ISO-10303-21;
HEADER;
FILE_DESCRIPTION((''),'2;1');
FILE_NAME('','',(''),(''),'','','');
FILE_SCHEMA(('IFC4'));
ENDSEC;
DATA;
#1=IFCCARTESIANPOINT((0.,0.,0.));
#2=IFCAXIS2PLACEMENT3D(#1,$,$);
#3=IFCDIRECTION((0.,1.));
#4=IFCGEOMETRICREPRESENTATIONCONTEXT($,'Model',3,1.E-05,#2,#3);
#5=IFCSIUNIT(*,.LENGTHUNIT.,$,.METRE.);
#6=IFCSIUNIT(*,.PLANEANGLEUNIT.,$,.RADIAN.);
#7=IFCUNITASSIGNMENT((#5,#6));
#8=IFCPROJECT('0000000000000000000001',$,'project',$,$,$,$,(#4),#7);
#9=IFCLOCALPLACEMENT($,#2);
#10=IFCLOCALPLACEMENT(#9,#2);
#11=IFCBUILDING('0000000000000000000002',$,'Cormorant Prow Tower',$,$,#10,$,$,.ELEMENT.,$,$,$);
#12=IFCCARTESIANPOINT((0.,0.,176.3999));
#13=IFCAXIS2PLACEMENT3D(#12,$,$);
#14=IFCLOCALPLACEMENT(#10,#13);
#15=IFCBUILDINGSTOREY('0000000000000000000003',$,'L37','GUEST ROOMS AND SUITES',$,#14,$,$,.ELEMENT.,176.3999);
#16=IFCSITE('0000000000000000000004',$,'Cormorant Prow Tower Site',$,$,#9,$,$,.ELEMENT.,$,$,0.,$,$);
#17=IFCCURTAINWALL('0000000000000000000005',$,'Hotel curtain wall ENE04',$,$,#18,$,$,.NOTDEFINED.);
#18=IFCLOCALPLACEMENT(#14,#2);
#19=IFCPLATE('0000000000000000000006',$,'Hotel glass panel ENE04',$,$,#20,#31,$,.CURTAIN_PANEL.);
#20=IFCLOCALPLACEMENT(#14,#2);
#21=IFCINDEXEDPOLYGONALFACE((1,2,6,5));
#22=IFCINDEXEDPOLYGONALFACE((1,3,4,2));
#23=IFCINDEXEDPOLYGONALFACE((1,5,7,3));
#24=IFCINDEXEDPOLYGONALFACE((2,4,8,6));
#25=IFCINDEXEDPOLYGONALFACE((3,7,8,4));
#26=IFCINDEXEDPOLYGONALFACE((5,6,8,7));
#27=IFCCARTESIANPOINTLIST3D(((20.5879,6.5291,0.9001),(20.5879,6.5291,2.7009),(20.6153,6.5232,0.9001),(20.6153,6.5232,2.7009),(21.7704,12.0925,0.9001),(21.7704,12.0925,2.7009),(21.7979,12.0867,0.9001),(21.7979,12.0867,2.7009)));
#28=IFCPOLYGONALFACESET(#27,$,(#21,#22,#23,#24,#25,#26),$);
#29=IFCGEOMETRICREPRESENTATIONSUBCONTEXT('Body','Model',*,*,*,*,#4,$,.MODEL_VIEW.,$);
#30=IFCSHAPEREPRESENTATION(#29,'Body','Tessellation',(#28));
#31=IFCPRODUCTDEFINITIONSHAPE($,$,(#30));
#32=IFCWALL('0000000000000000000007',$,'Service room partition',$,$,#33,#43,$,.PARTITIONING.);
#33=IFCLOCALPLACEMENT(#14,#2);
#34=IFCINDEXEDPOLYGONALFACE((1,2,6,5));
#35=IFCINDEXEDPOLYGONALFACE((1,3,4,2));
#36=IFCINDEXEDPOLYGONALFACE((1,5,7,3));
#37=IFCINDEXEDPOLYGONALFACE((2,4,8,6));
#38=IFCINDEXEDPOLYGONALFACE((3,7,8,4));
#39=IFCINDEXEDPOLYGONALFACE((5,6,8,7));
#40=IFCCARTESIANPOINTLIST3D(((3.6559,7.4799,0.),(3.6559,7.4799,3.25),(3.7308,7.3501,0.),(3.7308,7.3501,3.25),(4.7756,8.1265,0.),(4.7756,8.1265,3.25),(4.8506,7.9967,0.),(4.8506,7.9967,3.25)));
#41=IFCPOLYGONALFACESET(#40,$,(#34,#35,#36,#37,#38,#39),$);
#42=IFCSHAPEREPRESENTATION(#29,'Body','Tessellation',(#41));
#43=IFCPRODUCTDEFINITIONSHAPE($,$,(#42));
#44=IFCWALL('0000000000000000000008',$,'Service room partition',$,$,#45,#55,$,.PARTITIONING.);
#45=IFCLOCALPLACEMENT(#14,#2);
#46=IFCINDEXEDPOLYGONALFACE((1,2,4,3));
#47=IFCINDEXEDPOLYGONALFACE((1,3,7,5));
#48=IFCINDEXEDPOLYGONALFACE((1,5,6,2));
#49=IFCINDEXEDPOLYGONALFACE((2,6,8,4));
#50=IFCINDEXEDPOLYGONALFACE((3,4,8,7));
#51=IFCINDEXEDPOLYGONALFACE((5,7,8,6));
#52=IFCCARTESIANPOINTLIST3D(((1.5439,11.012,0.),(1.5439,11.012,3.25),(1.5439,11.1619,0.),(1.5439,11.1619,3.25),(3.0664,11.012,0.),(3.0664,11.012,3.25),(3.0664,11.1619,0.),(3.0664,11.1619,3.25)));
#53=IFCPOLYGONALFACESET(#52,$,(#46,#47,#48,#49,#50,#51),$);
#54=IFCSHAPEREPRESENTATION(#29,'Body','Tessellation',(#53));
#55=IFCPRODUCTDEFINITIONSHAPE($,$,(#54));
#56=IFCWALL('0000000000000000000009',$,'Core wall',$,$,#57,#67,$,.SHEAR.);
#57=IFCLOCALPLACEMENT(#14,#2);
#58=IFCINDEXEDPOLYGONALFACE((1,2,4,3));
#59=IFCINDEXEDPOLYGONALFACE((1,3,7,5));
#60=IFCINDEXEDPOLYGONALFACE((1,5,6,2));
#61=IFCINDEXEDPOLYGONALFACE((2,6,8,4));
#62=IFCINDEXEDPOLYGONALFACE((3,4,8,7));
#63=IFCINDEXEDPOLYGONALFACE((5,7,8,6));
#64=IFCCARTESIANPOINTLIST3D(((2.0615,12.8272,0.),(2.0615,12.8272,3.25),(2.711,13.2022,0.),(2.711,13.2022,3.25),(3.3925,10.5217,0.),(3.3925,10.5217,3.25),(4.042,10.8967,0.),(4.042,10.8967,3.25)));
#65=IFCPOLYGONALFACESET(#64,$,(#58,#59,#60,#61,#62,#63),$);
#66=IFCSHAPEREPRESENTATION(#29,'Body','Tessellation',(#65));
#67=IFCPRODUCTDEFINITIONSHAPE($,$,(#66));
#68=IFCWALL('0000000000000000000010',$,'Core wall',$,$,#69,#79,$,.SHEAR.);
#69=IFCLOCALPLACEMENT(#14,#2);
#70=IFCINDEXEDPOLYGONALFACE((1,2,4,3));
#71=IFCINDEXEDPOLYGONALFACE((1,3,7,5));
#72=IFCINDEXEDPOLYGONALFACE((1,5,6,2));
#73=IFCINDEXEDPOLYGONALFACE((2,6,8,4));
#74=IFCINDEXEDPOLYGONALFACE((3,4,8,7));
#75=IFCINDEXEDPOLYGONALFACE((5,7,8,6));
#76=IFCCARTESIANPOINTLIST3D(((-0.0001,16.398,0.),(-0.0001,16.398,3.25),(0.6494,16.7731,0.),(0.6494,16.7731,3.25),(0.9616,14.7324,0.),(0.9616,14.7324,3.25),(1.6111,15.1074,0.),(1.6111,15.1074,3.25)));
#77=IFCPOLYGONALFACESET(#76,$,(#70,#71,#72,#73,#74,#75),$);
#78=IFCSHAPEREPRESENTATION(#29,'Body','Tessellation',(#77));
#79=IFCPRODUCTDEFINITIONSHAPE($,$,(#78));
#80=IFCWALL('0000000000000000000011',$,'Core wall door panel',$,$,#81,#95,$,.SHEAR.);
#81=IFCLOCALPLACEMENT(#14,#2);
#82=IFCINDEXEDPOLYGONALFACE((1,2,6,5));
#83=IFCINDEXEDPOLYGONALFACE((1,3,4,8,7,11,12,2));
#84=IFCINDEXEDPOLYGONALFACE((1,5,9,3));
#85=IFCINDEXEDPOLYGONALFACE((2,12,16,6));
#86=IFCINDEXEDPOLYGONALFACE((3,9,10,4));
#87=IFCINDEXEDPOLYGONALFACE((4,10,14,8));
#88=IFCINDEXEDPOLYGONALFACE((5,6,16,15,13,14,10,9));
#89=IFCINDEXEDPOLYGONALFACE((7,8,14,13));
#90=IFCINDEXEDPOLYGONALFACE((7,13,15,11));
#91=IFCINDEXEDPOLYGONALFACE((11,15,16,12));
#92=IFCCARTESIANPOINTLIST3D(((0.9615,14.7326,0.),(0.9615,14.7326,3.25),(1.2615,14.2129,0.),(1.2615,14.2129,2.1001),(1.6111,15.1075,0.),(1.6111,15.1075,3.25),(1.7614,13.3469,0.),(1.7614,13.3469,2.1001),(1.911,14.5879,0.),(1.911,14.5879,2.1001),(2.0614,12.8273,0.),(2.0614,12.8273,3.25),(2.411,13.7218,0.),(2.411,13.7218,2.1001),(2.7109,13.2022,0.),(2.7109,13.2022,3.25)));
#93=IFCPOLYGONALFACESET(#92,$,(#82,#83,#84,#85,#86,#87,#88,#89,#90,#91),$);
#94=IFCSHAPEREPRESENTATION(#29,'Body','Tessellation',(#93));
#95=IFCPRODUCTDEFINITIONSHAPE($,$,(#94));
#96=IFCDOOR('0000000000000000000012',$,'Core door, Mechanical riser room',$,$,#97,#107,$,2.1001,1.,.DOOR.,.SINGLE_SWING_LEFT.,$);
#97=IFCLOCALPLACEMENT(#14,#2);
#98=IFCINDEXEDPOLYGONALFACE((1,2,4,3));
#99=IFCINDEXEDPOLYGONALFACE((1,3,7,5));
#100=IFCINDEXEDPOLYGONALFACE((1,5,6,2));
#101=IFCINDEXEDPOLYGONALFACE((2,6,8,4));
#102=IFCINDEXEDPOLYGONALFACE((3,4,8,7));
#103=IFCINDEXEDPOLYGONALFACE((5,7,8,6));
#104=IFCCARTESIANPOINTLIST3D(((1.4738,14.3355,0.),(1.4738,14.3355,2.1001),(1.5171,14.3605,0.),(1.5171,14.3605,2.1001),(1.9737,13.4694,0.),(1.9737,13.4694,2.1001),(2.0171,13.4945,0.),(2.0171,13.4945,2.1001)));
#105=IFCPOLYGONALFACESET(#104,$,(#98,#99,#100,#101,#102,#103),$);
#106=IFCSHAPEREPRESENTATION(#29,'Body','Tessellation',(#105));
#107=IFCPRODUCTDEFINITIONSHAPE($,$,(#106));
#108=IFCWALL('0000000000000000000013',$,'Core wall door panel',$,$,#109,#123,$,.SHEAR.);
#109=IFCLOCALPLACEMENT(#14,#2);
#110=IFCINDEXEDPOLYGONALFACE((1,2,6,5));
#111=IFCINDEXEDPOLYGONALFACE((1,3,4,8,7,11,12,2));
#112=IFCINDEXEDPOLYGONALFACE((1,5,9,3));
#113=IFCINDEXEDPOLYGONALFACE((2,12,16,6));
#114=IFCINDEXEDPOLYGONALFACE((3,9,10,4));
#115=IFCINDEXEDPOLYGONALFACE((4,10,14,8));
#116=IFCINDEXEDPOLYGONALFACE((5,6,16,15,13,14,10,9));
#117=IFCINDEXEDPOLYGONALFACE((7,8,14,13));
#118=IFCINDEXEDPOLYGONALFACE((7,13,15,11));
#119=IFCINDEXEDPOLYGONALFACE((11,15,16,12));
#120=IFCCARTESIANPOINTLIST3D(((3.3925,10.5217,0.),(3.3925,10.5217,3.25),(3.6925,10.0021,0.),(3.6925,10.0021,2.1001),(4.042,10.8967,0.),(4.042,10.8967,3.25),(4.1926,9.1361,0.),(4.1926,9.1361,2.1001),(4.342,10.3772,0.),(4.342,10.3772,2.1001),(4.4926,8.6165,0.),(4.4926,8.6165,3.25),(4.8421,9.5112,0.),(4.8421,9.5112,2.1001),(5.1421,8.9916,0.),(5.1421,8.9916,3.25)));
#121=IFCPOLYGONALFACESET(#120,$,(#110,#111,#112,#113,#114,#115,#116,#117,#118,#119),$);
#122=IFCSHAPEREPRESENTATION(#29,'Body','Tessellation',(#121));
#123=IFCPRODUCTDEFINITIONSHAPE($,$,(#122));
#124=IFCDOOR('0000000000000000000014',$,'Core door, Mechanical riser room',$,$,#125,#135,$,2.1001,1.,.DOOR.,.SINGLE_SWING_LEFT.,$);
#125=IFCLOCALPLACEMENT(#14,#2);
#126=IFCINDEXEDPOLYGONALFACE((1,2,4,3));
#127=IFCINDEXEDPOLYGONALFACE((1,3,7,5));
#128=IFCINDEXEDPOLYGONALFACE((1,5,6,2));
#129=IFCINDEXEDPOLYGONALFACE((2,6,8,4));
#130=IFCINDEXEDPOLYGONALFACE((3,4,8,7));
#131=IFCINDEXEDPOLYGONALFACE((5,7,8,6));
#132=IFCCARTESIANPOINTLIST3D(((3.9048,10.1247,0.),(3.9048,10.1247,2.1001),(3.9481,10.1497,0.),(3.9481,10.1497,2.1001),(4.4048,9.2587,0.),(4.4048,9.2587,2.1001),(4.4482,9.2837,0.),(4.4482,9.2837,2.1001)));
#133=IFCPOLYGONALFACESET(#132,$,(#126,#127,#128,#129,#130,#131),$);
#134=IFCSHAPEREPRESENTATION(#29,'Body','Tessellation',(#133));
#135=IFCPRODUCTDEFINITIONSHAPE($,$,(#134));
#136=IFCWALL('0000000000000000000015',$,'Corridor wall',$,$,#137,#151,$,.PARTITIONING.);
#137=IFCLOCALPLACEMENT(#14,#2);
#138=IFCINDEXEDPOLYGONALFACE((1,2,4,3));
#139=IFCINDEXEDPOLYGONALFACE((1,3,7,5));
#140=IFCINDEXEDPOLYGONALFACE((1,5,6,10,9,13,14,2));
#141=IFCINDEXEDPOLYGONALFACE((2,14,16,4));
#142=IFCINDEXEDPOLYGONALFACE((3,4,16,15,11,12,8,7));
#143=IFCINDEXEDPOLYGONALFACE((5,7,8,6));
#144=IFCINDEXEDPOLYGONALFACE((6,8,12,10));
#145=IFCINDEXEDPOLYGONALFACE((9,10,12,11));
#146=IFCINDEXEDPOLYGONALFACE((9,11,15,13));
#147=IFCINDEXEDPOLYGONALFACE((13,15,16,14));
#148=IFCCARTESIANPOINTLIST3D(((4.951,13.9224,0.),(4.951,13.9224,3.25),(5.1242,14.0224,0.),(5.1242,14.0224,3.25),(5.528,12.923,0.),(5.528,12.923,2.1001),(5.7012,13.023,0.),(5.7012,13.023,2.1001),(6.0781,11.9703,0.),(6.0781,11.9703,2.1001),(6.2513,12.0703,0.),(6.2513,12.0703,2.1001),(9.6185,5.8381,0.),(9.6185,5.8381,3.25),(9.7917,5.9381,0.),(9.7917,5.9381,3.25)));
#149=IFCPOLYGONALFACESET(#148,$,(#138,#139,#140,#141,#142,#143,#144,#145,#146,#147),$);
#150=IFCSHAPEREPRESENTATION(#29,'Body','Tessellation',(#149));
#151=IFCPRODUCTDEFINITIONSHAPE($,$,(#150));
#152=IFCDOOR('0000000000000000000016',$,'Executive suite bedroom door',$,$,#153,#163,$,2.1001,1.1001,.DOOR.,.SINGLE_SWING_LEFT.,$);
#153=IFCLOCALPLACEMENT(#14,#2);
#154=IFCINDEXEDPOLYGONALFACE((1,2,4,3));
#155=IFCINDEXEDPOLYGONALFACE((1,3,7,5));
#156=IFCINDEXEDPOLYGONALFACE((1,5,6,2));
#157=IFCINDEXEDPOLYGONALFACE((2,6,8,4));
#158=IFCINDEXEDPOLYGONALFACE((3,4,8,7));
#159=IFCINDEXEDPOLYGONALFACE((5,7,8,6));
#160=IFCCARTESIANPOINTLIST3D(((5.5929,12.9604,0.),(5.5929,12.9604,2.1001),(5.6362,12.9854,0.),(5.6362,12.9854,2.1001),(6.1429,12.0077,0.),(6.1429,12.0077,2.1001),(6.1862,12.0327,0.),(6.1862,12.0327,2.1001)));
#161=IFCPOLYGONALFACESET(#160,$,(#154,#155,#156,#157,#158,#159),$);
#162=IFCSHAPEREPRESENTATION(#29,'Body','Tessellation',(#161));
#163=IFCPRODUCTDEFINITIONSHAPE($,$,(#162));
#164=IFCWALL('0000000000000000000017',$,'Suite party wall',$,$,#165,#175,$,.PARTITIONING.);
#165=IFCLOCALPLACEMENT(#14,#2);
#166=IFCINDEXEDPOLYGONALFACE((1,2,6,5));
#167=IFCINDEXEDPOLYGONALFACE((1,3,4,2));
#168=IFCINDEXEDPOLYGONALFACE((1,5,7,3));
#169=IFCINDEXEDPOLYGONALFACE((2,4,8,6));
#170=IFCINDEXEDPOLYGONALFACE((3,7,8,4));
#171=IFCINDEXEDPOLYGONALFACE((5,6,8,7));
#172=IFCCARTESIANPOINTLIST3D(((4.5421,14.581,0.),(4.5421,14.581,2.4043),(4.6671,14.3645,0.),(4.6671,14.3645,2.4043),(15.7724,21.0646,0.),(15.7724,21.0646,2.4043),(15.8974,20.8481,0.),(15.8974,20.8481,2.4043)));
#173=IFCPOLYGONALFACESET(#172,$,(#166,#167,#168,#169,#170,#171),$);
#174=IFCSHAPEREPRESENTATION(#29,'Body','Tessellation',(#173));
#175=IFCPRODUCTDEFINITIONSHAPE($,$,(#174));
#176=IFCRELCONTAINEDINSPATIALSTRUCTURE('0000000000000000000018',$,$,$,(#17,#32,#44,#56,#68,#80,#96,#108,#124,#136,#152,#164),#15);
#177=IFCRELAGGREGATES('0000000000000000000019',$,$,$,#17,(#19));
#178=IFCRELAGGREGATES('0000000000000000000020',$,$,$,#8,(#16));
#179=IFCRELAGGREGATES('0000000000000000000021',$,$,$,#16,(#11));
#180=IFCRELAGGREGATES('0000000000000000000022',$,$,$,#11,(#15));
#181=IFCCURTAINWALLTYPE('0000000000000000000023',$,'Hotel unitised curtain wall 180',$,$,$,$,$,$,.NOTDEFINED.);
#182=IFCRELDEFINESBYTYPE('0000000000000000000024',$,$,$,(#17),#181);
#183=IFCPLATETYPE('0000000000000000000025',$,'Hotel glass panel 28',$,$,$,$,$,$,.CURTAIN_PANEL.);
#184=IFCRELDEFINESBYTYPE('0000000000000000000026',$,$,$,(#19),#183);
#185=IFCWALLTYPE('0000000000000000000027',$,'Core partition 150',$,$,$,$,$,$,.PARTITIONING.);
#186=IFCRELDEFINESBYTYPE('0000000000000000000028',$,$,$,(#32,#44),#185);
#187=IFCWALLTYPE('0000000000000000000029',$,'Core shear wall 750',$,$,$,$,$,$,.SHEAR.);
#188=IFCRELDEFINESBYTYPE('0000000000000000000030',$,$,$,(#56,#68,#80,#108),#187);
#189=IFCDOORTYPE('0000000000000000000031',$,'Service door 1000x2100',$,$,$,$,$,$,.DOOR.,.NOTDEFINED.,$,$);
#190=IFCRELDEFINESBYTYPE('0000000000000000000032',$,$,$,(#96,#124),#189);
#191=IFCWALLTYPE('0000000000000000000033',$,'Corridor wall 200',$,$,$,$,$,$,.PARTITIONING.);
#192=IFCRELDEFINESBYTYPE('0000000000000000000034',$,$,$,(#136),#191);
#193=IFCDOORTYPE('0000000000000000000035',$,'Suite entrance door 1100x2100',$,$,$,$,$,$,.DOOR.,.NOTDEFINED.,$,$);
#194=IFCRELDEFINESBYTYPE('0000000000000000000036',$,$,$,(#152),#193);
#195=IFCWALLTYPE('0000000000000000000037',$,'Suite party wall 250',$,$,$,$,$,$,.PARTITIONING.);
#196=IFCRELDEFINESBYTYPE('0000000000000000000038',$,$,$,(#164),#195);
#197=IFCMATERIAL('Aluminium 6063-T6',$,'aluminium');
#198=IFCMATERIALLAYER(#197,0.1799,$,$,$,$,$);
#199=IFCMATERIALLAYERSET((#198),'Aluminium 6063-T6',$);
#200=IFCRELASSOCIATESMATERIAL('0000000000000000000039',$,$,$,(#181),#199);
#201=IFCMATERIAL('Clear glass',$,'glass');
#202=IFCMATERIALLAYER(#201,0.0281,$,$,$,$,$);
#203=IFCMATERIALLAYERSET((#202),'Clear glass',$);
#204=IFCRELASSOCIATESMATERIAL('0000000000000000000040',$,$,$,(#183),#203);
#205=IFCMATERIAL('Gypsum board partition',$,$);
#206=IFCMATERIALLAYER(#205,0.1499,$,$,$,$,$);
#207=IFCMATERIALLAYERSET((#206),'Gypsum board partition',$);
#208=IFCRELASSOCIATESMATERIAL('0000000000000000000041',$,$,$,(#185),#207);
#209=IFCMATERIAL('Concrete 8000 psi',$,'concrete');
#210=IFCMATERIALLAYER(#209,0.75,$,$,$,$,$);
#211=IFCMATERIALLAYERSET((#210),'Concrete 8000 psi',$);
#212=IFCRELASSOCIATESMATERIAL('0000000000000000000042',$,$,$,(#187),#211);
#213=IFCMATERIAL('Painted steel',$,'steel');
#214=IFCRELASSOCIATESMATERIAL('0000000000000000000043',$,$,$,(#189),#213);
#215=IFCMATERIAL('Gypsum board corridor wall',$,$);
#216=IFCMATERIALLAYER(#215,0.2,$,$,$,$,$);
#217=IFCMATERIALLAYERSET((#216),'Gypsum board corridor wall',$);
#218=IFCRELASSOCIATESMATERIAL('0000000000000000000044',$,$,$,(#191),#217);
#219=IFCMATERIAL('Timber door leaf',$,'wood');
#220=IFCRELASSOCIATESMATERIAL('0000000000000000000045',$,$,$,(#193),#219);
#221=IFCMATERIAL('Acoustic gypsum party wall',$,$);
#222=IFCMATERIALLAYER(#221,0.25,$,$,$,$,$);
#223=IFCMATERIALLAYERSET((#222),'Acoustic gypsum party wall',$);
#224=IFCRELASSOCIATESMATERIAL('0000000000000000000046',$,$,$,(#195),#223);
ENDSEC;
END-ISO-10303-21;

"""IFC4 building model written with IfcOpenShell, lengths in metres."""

from ifc_helpers import new_model, si_unit, direction, frame, frame_2d, origin, origin_2d, place, context, subcontext, project, spatial, rectangle, extrude, material, layer, layer_set, type_object, element, fill, aggregate, save


model = new_model("IFC4")

# Units and contexts
model_context = context("Model", 3, precision=1e-05, world=origin(), true_north=direction((0.0, 1.0)))
body_context = subcontext(model_context, "Body", "Model", "MODEL_VIEW")
ifc_project = project(units=[si_unit("LENGTHUNIT", "METRE"), si_unit("PLANEANGLEUNIT", "RADIAN")], contexts=[model_context])

# Site, building, storey
site_placement = place(None, origin())
site = spatial("IfcSite", under=ifc_project, at=site_placement, Name="Cormorant Prow Tower Site", CompositionType="ELEMENT", RefElevation=0.0)
building_placement = place(site_placement, origin())
building = spatial("IfcBuilding", under=site, at=building_placement, Name="Cormorant Prow Tower", CompositionType="ELEMENT")
storey_placement = place(building_placement, frame((0.0, 0.0, 176.3999)))
storey = spatial("IfcBuildingStorey", under=building, at=storey_placement, Name="L37", Description="GUEST ROOMS AND SUITES", CompositionType="ELEMENT", Elevation=176.3999)

# Curtain wall
ifc_material_1 = material(Name="Aluminium 6063-T6", Category="aluminium")
ifc_layer_1 = layer(ifc_material_1, 0.1799)
ifc_layer_set_1 = layer_set([ifc_layer_1], Name="Aluminium 6063-T6")
curtain_wall_type = type_object("IfcCurtainWallType", Name="Hotel unitised curtain wall 180", PredefinedType="NOTDEFINED", material=ifc_layer_set_1)
curtain_wall_1_placement = place(storey_placement, origin())
curtain_wall_1 = element("IfcCurtainWall", 1, at=curtain_wall_1_placement, inside=storey, type_object=curtain_wall_type, Name="Hotel curtain wall ENE04", PredefinedType="NOTDEFINED")

# Plate
ifc_material_2 = material(Name="Clear glass", Category="glass")
ifc_layer_2 = layer(ifc_material_2, 0.0281)
ifc_layer_set_2 = layer_set([ifc_layer_2], Name="Clear glass")
plate_type = type_object("IfcPlateType", Name="Hotel glass panel 28", PredefinedType="CURTAIN_PANEL", material=ifc_layer_set_2)
plate_placement = place(storey_placement, frame((21.1929, 9.3079, 0.9001), z_axis=(0.0, 0.0, 1.0), x_axis=(0.207912, 0.978148, 0.0)))
plate = element("IfcPlate", 2, at=plate_placement, type_object=plate_type, Name="Hotel glass panel ENE04", PredefinedType="CURTAIN_PANEL", context=body_context, shape_type="SweptSolid", body=[
    extrude(rectangle(XDim=5.6877, YDim=0.0281, at=origin_2d()), origin(), (0.0, 0.0, 1.0), 1.8008),
])
aggregate(curtain_wall_1, [plate])

# Walls
ifc_material_3 = material(Name="Gypsum board partition")
ifc_layer_3 = layer(ifc_material_3, 0.1499)
ifc_layer_set_3 = layer_set([ifc_layer_3], Name="Gypsum board partition")
wall_type_1 = type_object("IfcWallType", Name="Core partition 150", PredefinedType="PARTITIONING", material=ifc_layer_set_3)
wall_1_placement = place(storey_placement, frame((3.6934, 7.415, 0.0), z_axis=(0.0, 0.0, 1.0), x_axis=(0.866003, 0.500038, 0.0)))
element("IfcWall", 3, at=wall_1_placement, inside=storey, type_object=wall_type_1, Name="Service room partition", PredefinedType="PARTITIONING", context=body_context, shape_type="SweptSolid", body=[
    extrude(rectangle(XDim=1.293, YDim=0.1499, at=frame_2d((0.6465, 0.0))), origin(), (0.0, 0.0, 1.0), 3.25),
])
wall_2_placement = place(storey_placement, frame((1.5439, 11.0869, 0.0), z_axis=(0.0, 0.0, 1.0), x_axis=(1.0, 0.0, 0.0)))
element("IfcWall", 4, at=wall_2_placement, inside=storey, type_object=wall_type_1, Name="Service room partition", PredefinedType="PARTITIONING", context=body_context, shape_type="SweptSolid", body=[
    extrude(rectangle(XDim=1.5225, YDim=0.1499, at=frame_2d((0.7612, 0.0))), origin(), (0.0, 0.0, 1.0), 3.25),
])
ifc_material_4 = material(Name="Concrete 8000 psi", Category="concrete")
ifc_layer_4 = layer(ifc_material_4, 0.75)
ifc_layer_set_4 = layer_set([ifc_layer_4], Name="Concrete 8000 psi")
wall_type_2 = type_object("IfcWallType", Name="Core shear wall 750", PredefinedType="SHEAR", material=ifc_layer_set_4)
wall_3_placement = place(storey_placement, frame((3.7173, 10.7092, 0.0), z_axis=(0.0, 0.0, 1.0), x_axis=(-0.500006, 0.866022, 0.0)))
element("IfcWall", 5, at=wall_3_placement, inside=storey, type_object=wall_type_2, Name="Core wall", PredefinedType="SHEAR", context=body_context, shape_type="SweptSolid", body=[
    extrude(rectangle(XDim=2.6621, YDim=0.75, at=frame_2d((1.3311, 0.0))), origin(), (0.0, 0.0, 1.0), 3.25),
])
wall_4_placement = place(storey_placement, frame((1.2864, 14.9199, 0.0), z_axis=(0.0, 0.0, 1.0), x_axis=(-0.50003, 0.866008, 0.0)))
element("IfcWall", 6, at=wall_4_placement, inside=storey, type_object=wall_type_2, Name="Core wall", PredefinedType="SHEAR", context=body_context, shape_type="SweptSolid", body=[
    extrude(rectangle(XDim=1.9233, YDim=0.75, at=frame_2d((0.9617, 0.0))), origin(), (0.0, 0.0, 1.0), 3.25),
])

# Walls, openings, doors
wall_5_placement = place(storey_placement, frame((2.3862, 13.0146, 0.0), z_axis=(0.0, 0.0, 1.0), x_axis=(-0.499947, 0.866056, 0.0)))
wall_5 = element("IfcWall", 7, at=wall_5_placement, inside=storey, type_object=wall_type_2, Name="Core wall door panel", PredefinedType="SHEAR", context=body_context, shape_type="SweptSolid", body=[
    extrude(rectangle(XDim=2.2, YDim=0.75, at=frame_2d((1.1001, 0.0))), origin(), (0.0, 0.0, 1.0), 3.25),
])
opening_1_placement = place(wall_5_placement, frame((0.6001, 0.0, 0.0)))
opening_1 = element("IfcOpeningElement", 8, at=opening_1_placement, cuts=wall_5, PredefinedType="OPENING", context=body_context, shape_type="SweptSolid", body=[
    extrude(rectangle(XDim=1.0, YDim=2.1001, at=frame_2d((0.5, 1.05))), frame((0.0, 0.385, 0.0), z_axis=(0.0, -1.0, 0.0), x_axis=(1.0, 0.0, 0.0)), (0.0, 0.0, 1.0), 0.77),
])
ifc_material_5 = material(Name="Painted steel", Category="steel")
door_type_1 = type_object("IfcDoorType", Name="Service door 1000x2100", OperationType="NOTDEFINED", PredefinedType="DOOR", material=ifc_material_5)
door_1_placement = place(opening_1_placement, origin())
door_1 = element("IfcDoor", 9, at=door_1_placement, inside=storey, type_object=door_type_1, Name="Core door, Mechanical riser room", OperationType="SINGLE_SWING_LEFT", OverallHeight=2.1001, OverallWidth=1.0, PredefinedType="DOOR", context=body_context, shape_type="SweptSolid", body=[
    extrude(rectangle(XDim=1.0, YDim=2.1001, at=frame_2d((0.5, 1.05))), frame((0.0, 0.1299, 0.0), z_axis=(0.0, -1.0, 0.0), x_axis=(1.0, 0.0, 0.0)), (0.0, 0.0, 1.0), 0.05),
])
fill(opening_1, door_1)
wall_6_placement = place(storey_placement, frame((4.8174, 8.804, 0.0), z_axis=(0.0, 0.0, 1.0), x_axis=(-0.50003, 0.866008, 0.0)))
wall_6 = element("IfcWall", 10, at=wall_6_placement, inside=storey, type_object=wall_type_2, Name="Core wall door panel", PredefinedType="SHEAR", context=body_context, shape_type="SweptSolid", body=[
    extrude(rectangle(XDim=2.2, YDim=0.75, at=frame_2d((1.1001, 0.0))), origin(), (0.0, 0.0, 1.0), 3.25),
])
opening_2_placement = place(wall_6_placement, frame((0.6001, 0.0, 0.0)))
opening_2 = element("IfcOpeningElement", 11, at=opening_2_placement, cuts=wall_6, PredefinedType="OPENING", context=body_context, shape_type="SweptSolid", body=[
    extrude(rectangle(XDim=1.0, YDim=2.1001, at=frame_2d((0.5, 1.05))), frame((0.0, 0.385, 0.0), z_axis=(0.0, -1.0, 0.0), x_axis=(1.0, 0.0, 0.0)), (0.0, 0.0, 1.0), 0.77),
])
door_2_placement = place(opening_2_placement, origin())
door_2 = element("IfcDoor", 12, at=door_2_placement, inside=storey, type_object=door_type_1, Name="Core door, Mechanical riser room", OperationType="SINGLE_SWING_LEFT", OverallHeight=2.1001, OverallWidth=1.0, PredefinedType="DOOR", context=body_context, shape_type="SweptSolid", body=[
    extrude(rectangle(XDim=1.0, YDim=2.1001, at=frame_2d((0.5, 1.05))), frame((0.0, 0.1299, 0.0), z_axis=(0.0, -1.0, 0.0), x_axis=(1.0, 0.0, 0.0)), (0.0, 0.0, 1.0), 0.05),
])
fill(opening_2, door_2)
ifc_material_6 = material(Name="Gypsum board corridor wall")
ifc_layer_5 = layer(ifc_material_6, 0.2)
ifc_layer_set_5 = layer_set([ifc_layer_5], Name="Gypsum board corridor wall")
wall_type_3 = type_object("IfcWallType", Name="Corridor wall 200", PredefinedType="PARTITIONING", material=ifc_layer_set_5)
wall_7_placement = place(storey_placement, frame((5.0376, 13.9724, 0.0), z_axis=(0.0, 0.0, 1.0), x_axis=(0.500004, -0.866023, 0.0)))
wall_7 = element("IfcWall", 13, at=wall_7_placement, inside=storey, type_object=wall_type_3, Name="Corridor wall", PredefinedType="PARTITIONING", context=body_context, shape_type="SweptSolid", body=[
    extrude(rectangle(XDim=9.335, YDim=0.2, at=frame_2d((4.6675, 0.0))), origin(), (0.0, 0.0, 1.0), 3.25),
])
opening_3_placement = place(wall_7_placement, frame((1.1541, 0.0, 0.0)))
opening_3 = element("IfcOpeningElement", 14, at=opening_3_placement, cuts=wall_7, PredefinedType="OPENING", context=body_context, shape_type="SweptSolid", body=[
    extrude(rectangle(XDim=1.1001, YDim=2.1001, at=frame_2d((0.55, 1.05))), frame((0.0, 0.1099, 0.0), z_axis=(0.0, -1.0, 0.0), x_axis=(1.0, 0.0, 0.0)), (0.0, 0.0, 1.0), 0.22),
])
ifc_material_7 = material(Name="Timber door leaf", Category="wood")
door_type_2 = type_object("IfcDoorType", Name="Suite entrance door 1100x2100", OperationType="NOTDEFINED", PredefinedType="DOOR", material=ifc_material_7)
door_3_placement = place(opening_3_placement, origin())
door_3 = element("IfcDoor", 15, at=door_3_placement, inside=storey, type_object=door_type_2, Name="Executive suite bedroom door", OperationType="SINGLE_SWING_LEFT", OverallHeight=2.1001, OverallWidth=1.1001, PredefinedType="DOOR", context=body_context, shape_type="SweptSolid", body=[
    extrude(rectangle(XDim=1.1001, YDim=2.1001, at=frame_2d((0.55, 1.05))), frame((0.0, 0.0249, 0.0), z_axis=(0.0, -1.0, 0.0), x_axis=(1.0, 0.0, 0.0)), (0.0, 0.0, 1.0), 0.05),
])
fill(opening_3, door_3)

# Wall
ifc_material_8 = material(Name="Acoustic gypsum party wall")
ifc_layer_6 = layer(ifc_material_8, 0.25)
ifc_layer_set_6 = layer_set([ifc_layer_6], Name="Acoustic gypsum party wall")
wall_type_4 = type_object("IfcWallType", Name="Suite party wall 250", PredefinedType="PARTITIONING", material=ifc_layer_set_6)
wall_8_placement = place(storey_placement, frame((4.6045, 14.4727, 0.0), z_axis=(0.0, 0.0, 1.0), x_axis=(0.86603, 0.499992, 0.0)))
element("IfcWall", 16, at=wall_8_placement, inside=storey, type_object=wall_type_4, Name="Suite party wall", PredefinedType="PARTITIONING", context=body_context, shape_type="SweptSolid", body=[
    extrude(rectangle(XDim=12.9675, YDim=0.25, at=frame_2d((6.4839, 0.0))), origin(), (0.0, 0.0, 1.0), 2.4043),
])

save(model, "model.ifc")
